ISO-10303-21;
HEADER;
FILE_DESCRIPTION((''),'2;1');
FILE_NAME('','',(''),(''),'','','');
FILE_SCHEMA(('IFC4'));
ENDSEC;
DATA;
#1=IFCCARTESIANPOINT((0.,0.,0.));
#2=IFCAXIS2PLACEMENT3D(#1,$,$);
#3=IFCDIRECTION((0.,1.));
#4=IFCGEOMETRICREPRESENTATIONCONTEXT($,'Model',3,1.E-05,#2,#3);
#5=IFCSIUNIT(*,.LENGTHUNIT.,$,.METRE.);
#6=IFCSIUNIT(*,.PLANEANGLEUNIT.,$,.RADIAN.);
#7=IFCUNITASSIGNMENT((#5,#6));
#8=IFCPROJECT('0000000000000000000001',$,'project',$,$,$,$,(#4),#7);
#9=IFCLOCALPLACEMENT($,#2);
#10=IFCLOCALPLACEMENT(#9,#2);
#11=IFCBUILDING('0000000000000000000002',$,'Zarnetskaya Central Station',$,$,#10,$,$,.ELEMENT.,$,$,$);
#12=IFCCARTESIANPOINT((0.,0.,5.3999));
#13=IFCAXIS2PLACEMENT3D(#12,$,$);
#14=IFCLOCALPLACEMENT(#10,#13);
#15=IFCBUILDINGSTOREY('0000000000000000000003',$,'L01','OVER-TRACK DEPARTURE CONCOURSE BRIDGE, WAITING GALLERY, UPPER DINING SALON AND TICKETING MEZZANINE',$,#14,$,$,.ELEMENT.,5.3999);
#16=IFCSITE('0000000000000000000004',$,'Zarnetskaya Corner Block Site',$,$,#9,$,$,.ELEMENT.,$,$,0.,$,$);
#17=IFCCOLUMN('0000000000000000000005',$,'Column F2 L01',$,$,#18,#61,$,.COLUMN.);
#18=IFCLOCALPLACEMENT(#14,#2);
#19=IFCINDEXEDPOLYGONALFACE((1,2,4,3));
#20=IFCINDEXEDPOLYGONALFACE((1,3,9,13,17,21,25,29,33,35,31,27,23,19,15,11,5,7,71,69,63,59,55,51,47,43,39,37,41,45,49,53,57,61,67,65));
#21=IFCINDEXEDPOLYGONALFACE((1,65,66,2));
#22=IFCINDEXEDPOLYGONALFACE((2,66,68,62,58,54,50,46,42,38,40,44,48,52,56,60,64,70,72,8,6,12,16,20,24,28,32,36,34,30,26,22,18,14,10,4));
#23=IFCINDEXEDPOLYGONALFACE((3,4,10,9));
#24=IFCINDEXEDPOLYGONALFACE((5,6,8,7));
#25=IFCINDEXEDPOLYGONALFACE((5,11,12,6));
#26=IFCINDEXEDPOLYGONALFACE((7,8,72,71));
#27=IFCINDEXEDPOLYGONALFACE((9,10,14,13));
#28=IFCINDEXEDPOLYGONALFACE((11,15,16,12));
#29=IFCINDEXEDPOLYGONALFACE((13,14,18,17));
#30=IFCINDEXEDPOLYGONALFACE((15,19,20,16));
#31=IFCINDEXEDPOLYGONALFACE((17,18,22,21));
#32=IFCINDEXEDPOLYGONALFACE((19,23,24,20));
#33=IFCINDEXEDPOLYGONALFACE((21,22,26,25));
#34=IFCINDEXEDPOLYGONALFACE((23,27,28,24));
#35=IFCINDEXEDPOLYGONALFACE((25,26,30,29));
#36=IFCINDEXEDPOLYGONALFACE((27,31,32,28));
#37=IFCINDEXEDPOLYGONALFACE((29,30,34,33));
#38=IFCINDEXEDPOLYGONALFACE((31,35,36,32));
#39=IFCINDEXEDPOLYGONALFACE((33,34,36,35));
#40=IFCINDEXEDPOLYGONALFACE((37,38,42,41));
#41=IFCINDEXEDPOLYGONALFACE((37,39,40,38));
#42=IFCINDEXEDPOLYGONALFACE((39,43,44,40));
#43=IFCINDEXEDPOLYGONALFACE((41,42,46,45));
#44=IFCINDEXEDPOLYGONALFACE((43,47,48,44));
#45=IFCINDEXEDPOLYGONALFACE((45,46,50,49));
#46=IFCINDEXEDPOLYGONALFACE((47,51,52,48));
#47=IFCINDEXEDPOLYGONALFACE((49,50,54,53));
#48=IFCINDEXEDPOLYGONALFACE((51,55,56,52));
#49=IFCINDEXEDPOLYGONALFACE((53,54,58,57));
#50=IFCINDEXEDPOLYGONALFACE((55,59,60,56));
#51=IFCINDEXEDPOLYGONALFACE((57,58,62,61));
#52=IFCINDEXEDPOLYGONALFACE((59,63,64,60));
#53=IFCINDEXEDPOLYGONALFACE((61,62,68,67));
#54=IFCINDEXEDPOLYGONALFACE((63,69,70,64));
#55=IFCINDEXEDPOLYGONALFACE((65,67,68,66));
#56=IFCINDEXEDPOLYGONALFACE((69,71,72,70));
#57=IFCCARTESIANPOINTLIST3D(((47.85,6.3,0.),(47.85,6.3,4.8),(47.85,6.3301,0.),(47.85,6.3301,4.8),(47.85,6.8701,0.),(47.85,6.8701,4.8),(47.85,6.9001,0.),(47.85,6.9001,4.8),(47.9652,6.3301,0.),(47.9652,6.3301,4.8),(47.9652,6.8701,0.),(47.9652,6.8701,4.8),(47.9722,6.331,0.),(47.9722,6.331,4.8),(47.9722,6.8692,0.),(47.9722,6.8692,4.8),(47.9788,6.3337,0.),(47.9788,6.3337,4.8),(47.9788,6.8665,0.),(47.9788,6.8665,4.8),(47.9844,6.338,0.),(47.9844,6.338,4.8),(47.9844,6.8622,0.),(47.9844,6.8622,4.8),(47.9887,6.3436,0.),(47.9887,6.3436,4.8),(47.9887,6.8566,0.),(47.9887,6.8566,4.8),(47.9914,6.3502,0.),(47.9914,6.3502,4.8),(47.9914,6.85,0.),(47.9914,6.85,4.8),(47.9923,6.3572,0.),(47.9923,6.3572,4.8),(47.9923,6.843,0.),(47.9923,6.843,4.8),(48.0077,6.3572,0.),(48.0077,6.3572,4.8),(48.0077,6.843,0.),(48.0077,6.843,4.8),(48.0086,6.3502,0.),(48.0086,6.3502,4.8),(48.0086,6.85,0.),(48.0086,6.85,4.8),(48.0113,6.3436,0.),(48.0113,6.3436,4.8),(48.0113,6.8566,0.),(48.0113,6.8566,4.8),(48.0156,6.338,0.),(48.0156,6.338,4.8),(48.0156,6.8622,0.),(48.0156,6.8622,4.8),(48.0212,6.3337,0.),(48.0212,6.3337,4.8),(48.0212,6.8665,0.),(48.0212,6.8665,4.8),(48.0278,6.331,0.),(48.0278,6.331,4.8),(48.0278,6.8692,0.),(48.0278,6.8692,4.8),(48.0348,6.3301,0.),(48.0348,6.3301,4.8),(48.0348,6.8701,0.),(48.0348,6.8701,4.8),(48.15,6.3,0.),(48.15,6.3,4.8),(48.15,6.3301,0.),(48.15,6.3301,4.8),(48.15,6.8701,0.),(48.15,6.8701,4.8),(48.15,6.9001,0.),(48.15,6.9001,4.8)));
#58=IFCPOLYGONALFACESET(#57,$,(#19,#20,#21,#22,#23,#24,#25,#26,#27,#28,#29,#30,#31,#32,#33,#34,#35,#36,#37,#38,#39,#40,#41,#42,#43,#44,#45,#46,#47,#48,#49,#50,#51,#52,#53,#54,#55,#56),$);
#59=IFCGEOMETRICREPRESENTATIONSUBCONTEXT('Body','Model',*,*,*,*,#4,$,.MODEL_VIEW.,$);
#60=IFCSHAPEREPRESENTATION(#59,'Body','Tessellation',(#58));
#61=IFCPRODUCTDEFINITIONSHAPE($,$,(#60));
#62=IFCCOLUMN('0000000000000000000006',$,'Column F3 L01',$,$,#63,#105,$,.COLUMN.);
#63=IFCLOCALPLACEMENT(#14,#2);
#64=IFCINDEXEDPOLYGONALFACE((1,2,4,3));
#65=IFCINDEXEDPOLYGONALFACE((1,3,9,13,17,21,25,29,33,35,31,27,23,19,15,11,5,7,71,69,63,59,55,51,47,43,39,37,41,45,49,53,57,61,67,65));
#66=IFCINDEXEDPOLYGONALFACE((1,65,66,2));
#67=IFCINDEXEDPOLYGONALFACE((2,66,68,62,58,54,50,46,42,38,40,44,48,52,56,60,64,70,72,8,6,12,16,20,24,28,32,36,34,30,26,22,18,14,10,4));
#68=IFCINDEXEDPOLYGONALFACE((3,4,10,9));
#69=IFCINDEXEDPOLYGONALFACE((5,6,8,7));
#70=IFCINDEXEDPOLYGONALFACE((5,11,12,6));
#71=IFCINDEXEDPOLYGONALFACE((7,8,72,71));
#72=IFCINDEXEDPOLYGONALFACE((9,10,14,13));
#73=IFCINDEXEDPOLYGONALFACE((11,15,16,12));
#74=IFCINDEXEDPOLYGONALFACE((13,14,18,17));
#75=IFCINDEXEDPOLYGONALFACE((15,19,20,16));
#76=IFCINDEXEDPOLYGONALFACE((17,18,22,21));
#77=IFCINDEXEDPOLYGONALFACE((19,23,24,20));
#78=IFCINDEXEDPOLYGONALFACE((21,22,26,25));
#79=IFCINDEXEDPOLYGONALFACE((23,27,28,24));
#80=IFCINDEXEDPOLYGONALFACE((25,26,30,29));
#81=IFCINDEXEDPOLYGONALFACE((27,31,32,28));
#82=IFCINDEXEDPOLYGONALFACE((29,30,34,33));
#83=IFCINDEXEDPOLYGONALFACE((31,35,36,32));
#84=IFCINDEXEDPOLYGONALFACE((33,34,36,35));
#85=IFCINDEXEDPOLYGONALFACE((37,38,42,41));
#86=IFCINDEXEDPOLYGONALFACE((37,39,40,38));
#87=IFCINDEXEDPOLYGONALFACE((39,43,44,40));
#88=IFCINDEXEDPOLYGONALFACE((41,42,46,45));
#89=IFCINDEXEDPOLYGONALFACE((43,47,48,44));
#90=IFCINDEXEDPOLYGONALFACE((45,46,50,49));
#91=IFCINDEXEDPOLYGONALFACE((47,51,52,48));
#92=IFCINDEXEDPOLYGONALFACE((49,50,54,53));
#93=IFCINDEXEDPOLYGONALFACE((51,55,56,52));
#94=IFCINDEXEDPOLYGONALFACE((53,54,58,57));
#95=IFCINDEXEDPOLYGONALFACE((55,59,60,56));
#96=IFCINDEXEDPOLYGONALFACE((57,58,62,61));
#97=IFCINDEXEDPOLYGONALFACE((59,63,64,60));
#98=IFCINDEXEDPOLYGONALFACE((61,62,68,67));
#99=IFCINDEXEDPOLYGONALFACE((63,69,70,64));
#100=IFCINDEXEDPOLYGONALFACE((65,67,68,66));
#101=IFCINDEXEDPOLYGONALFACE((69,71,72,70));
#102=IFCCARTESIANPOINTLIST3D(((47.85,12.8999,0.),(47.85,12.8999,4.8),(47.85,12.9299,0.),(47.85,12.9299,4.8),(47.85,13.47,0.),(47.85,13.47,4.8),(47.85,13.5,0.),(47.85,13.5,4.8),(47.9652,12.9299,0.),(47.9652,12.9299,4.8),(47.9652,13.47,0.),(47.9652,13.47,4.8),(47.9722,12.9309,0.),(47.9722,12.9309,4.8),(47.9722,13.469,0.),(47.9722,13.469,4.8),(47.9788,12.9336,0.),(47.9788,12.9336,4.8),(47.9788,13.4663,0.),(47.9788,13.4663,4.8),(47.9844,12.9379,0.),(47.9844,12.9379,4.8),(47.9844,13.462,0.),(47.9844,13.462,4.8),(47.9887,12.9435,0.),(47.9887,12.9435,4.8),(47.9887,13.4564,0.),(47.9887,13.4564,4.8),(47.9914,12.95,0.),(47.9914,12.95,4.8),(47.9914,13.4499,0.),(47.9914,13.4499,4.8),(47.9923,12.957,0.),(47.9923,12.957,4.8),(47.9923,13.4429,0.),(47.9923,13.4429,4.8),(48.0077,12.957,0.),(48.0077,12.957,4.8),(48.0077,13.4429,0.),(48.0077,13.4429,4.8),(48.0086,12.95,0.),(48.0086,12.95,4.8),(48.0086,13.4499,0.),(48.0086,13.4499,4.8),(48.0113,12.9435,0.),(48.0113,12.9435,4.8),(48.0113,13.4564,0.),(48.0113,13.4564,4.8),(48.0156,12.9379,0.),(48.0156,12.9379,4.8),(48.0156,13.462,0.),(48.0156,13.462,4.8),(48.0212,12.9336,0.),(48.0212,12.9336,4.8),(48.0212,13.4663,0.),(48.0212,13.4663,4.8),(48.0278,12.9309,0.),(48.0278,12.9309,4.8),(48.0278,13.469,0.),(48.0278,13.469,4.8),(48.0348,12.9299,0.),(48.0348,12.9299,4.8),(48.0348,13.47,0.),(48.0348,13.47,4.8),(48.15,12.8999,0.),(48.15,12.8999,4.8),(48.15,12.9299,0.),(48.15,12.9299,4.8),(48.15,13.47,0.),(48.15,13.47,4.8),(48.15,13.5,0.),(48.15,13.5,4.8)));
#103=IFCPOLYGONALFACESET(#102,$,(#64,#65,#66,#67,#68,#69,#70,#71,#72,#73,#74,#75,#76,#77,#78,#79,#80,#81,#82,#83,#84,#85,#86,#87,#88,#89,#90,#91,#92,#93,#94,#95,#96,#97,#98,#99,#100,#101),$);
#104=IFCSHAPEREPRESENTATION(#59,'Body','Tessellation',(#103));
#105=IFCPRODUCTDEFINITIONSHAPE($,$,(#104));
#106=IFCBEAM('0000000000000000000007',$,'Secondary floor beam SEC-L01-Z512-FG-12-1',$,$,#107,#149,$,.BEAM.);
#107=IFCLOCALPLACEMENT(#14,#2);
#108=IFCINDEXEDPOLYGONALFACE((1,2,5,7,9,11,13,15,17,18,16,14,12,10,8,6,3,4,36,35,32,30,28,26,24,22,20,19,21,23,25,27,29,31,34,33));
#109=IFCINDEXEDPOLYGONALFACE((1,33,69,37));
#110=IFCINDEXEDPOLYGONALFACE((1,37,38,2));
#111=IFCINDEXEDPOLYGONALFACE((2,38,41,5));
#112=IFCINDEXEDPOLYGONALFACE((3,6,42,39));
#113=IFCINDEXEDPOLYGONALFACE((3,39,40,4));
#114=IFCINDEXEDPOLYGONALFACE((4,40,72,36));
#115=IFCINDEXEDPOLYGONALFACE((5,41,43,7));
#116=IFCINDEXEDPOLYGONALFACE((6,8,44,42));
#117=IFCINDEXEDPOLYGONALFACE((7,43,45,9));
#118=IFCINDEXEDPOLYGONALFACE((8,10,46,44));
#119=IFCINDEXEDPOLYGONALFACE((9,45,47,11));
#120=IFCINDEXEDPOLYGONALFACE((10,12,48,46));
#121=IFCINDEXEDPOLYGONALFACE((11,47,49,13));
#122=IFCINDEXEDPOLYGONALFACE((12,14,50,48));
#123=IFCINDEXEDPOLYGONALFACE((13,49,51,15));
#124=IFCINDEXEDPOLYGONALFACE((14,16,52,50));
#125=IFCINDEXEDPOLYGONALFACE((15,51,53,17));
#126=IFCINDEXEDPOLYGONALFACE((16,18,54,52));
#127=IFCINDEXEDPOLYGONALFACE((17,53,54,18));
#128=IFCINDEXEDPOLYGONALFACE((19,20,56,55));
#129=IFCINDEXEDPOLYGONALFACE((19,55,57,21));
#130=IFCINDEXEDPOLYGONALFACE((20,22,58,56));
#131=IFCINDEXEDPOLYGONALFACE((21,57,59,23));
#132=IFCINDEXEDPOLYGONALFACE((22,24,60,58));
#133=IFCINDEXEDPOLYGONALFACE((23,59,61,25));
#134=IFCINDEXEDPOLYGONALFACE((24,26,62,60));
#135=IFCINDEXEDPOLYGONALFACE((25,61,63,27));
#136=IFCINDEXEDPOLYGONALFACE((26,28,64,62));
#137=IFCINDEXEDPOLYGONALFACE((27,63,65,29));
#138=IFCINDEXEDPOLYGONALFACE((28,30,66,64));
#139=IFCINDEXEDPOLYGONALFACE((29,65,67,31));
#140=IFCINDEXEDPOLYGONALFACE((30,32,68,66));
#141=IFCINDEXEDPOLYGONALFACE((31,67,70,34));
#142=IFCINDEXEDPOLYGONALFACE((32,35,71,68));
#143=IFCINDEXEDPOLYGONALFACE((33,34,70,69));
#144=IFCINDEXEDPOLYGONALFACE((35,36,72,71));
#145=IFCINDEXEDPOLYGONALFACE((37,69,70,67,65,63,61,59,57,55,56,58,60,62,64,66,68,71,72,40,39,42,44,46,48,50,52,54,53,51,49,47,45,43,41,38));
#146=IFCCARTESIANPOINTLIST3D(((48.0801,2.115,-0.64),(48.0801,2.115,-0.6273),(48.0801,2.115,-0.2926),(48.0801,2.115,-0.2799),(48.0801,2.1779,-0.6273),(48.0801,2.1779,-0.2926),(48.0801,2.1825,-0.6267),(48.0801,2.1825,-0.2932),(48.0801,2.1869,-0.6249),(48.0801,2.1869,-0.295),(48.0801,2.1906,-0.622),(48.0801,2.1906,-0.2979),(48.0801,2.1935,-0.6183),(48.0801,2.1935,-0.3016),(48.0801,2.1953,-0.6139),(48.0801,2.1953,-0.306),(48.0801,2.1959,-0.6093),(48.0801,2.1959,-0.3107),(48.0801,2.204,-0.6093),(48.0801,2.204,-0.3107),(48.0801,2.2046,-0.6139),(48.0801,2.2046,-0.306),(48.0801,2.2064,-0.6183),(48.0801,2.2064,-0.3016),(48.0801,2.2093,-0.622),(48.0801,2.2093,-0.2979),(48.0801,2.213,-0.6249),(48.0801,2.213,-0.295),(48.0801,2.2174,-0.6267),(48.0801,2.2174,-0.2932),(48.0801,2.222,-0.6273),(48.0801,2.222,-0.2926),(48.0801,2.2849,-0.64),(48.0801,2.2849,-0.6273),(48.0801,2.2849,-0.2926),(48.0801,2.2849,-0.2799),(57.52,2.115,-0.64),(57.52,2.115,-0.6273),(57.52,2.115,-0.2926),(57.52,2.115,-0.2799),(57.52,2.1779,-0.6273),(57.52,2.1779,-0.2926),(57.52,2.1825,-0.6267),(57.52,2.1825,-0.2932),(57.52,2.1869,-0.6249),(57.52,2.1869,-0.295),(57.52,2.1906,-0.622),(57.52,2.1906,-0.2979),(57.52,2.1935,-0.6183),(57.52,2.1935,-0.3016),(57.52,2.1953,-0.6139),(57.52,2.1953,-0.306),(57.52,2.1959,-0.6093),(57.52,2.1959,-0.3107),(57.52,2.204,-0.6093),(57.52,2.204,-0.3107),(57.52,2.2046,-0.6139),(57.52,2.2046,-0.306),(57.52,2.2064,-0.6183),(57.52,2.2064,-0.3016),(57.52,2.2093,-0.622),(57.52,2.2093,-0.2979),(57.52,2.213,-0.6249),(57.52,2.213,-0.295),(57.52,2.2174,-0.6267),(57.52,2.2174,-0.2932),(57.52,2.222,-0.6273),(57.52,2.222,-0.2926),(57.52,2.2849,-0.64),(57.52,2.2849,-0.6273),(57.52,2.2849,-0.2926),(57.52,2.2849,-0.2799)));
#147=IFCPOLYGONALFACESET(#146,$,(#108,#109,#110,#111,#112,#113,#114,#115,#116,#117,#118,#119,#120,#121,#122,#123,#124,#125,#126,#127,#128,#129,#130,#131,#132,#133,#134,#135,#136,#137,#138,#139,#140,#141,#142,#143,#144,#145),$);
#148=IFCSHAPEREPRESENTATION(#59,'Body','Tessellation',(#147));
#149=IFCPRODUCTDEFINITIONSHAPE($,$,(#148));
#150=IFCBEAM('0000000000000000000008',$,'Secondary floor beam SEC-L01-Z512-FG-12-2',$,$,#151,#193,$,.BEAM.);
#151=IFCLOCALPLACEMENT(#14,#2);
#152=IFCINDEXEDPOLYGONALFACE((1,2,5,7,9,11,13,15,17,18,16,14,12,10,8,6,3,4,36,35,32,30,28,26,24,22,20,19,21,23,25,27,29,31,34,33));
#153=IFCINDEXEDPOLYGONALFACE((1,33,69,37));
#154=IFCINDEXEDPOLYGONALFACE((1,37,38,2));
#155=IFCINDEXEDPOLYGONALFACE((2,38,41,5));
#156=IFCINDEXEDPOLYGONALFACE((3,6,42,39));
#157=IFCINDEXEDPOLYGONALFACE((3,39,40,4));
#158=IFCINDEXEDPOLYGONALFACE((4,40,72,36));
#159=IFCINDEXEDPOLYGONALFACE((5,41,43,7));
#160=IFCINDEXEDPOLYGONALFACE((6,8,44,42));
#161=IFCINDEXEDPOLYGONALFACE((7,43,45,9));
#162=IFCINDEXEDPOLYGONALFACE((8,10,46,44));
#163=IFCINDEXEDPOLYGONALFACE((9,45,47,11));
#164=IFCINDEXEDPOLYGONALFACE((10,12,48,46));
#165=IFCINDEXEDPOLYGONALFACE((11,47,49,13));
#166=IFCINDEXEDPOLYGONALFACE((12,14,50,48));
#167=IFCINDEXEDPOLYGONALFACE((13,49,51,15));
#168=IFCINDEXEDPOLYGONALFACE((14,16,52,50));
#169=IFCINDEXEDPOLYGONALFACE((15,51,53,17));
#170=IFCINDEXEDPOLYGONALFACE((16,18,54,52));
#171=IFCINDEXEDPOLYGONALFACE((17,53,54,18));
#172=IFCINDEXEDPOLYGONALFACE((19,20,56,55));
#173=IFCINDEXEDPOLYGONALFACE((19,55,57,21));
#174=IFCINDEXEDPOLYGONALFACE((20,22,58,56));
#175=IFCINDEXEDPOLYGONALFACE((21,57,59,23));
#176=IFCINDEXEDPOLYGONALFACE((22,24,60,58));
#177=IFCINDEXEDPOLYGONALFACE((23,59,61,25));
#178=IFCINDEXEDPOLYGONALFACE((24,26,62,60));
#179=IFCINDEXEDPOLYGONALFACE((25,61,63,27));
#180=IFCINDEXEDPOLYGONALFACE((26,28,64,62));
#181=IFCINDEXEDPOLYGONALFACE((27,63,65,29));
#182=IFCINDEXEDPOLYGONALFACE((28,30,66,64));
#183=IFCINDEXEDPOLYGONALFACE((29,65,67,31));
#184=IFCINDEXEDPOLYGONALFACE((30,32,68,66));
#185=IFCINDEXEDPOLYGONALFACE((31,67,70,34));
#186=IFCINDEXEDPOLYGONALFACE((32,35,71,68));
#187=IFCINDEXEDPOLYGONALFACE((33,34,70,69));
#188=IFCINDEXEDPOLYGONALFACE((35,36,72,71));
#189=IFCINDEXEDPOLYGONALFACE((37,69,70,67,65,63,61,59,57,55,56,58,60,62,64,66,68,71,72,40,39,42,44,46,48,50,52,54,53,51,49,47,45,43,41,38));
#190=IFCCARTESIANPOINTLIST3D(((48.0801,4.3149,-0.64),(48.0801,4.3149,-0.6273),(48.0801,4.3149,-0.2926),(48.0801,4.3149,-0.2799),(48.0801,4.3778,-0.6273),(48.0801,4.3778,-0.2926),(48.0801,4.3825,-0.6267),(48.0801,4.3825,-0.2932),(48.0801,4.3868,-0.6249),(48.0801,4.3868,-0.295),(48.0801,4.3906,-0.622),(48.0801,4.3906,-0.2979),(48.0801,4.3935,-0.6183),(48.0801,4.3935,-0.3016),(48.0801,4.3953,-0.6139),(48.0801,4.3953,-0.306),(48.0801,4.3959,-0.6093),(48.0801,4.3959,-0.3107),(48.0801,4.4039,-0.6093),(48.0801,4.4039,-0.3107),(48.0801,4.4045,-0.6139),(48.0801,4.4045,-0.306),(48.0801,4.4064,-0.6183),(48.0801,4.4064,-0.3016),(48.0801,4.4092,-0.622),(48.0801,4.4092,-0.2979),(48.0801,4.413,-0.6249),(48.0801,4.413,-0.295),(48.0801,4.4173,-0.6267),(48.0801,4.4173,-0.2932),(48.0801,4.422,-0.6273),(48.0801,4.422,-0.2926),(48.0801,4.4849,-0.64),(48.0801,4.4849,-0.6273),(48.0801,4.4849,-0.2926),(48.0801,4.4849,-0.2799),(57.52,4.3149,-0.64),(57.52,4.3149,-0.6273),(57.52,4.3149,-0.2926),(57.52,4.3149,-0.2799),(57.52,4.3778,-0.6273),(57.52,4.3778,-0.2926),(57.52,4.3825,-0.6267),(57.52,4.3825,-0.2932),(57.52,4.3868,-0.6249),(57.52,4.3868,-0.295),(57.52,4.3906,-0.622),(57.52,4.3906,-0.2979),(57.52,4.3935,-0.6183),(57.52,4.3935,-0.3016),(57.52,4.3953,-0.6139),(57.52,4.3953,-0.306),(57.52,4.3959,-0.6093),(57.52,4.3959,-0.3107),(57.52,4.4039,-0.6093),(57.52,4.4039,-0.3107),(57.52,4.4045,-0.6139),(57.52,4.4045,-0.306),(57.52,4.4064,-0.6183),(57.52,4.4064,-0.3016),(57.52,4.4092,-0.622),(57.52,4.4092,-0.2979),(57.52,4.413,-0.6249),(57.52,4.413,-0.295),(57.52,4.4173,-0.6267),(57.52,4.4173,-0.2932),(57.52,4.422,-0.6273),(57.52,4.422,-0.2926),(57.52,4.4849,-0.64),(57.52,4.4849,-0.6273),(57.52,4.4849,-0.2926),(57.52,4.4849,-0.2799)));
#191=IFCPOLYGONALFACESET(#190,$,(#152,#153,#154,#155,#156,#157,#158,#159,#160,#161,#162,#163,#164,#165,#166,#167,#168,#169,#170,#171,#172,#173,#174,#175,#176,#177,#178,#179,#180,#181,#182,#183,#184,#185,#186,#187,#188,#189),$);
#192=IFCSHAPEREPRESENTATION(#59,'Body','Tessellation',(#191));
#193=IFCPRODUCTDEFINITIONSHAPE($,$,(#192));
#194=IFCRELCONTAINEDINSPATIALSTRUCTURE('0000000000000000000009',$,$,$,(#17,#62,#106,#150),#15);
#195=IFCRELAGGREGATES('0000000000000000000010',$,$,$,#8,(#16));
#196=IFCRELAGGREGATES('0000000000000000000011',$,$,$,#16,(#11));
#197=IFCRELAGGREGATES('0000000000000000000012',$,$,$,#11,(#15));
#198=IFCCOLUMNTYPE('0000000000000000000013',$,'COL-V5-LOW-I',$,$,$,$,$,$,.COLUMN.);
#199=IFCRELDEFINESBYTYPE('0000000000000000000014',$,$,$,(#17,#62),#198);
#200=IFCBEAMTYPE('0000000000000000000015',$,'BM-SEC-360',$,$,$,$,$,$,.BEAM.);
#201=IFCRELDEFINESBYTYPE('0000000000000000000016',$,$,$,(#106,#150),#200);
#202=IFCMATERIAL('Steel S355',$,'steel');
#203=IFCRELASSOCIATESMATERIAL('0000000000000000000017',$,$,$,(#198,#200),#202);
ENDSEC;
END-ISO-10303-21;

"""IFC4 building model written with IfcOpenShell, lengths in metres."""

from ifc_helpers import new_model, si_unit, direction, frame, origin, origin_2d, place, context, subcontext, project, spatial, i_section, extrude, material, material_profile, profile_set, type_object, element, save


model = new_model("IFC4")

# Units and contexts
model_context = context("Model", 3, precision=1e-05, world=origin(), true_north=direction((0.0, 1.0)))
body_context = subcontext(model_context, "Body", "Model", "MODEL_VIEW")
ifc_project = project(units=[si_unit("LENGTHUNIT", "METRE"), si_unit("PLANEANGLEUNIT", "RADIAN")], contexts=[model_context])

# Site, building, storey
site_placement = place(None, origin())
site = spatial("IfcSite", under=ifc_project, at=site_placement, Name="Zarnetskaya Corner Block Site", CompositionType="ELEMENT", RefElevation=0.0)
building_placement = place(site_placement, origin())
building = spatial("IfcBuilding", under=site, at=building_placement, Name="Zarnetskaya Central Station", CompositionType="ELEMENT")
storey_placement = place(building_placement, frame((0.0, 0.0, 5.3999)))
storey = spatial("IfcBuildingStorey", under=building, at=storey_placement, Name="L01", Description="OVER-TRACK DEPARTURE CONCOURSE BRIDGE, WAITING GALLERY, UPPER DINING SALON AND TICKETING MEZZANINE", CompositionType="ELEMENT", Elevation=5.3999)

# Columns
ifc_material_1 = material(Name="Steel S355", Category="steel")
ifc_material_profile_1 = material_profile(ifc_material_1, i_section(OverallWidth=0.3, OverallDepth=0.6001, WebThickness=0.0154, FlangeThickness=0.03, FilletRadius=0.0271, at=origin_2d()), Name="HEB 600")
ifc_profile_set_1 = profile_set([ifc_material_profile_1], Name="Steel S355")
column_type = type_object("IfcColumnType", Name="COL-V5-LOW-I", PredefinedType="COLUMN", material=ifc_profile_set_1)
for number, where, z_axis, x_axis, name in (
    (1, (48.0, 6.6001, 0.0), (0.0, 0.0, 1.0), (1.0, 0.0, 0.0), "Column F2 L01"),
    (2, (48.0, 13.2, 0.0), (0.0, 0.0, 1.0), (1.0, 0.0, 0.0), "Column F3 L01"),
):
    element("IfcColumn", number, at=place(storey_placement, frame(where, z_axis=z_axis, x_axis=x_axis)), inside=storey, type_object=column_type, Name=name, PredefinedType="COLUMN", context=body_context, shape_type="SweptSolid", body=[
        extrude(i_section(OverallWidth=0.3, OverallDepth=0.6001, WebThickness=0.0154, FlangeThickness=0.03, FilletRadius=0.0271, at=origin_2d()), origin(), (0.0, 0.0, 1.0), 4.8),
    ])

# Beams
ifc_material_profile_2 = material_profile(ifc_material_1, i_section(OverallWidth=0.1699, OverallDepth=0.3601, WebThickness=0.0081, FlangeThickness=0.0127, FilletRadius=0.0181, at=origin_2d()), Name="IPE 360")
ifc_profile_set_2 = profile_set([ifc_material_profile_2], Name="Steel S355")
beam_type_1 = type_object("IfcBeamType", Name="BM-SEC-360", PredefinedType="BEAM", material=ifc_profile_set_2)
for number, where, z_axis, x_axis, name in (
    (3, (48.0801, 2.2, -0.46), (1.0, 0.0, 0.0), (0.0, 1.0, 0.0), "Secondary floor beam SEC-L01-Z512-FG-12-1"),
    (4, (48.0801, 4.3999, -0.46), (1.0, 0.0, 0.0), (0.0, 1.0, 0.0), "Secondary floor beam SEC-L01-Z512-FG-12-2"),
):
    element("IfcBeam", number, at=place(storey_placement, frame(where, z_axis=z_axis, x_axis=x_axis)), inside=storey, type_object=beam_type_1, Name=name, PredefinedType="BEAM", context=body_context, shape_type="SweptSolid", body=[
        extrude(i_section(OverallWidth=0.1699, OverallDepth=0.3601, WebThickness=0.0081, FlangeThickness=0.0127, FilletRadius=0.0181, at=origin_2d()), origin(), (0.0, 0.0, 1.0), 9.4399),
    ])

save(model, "model.ifc")
